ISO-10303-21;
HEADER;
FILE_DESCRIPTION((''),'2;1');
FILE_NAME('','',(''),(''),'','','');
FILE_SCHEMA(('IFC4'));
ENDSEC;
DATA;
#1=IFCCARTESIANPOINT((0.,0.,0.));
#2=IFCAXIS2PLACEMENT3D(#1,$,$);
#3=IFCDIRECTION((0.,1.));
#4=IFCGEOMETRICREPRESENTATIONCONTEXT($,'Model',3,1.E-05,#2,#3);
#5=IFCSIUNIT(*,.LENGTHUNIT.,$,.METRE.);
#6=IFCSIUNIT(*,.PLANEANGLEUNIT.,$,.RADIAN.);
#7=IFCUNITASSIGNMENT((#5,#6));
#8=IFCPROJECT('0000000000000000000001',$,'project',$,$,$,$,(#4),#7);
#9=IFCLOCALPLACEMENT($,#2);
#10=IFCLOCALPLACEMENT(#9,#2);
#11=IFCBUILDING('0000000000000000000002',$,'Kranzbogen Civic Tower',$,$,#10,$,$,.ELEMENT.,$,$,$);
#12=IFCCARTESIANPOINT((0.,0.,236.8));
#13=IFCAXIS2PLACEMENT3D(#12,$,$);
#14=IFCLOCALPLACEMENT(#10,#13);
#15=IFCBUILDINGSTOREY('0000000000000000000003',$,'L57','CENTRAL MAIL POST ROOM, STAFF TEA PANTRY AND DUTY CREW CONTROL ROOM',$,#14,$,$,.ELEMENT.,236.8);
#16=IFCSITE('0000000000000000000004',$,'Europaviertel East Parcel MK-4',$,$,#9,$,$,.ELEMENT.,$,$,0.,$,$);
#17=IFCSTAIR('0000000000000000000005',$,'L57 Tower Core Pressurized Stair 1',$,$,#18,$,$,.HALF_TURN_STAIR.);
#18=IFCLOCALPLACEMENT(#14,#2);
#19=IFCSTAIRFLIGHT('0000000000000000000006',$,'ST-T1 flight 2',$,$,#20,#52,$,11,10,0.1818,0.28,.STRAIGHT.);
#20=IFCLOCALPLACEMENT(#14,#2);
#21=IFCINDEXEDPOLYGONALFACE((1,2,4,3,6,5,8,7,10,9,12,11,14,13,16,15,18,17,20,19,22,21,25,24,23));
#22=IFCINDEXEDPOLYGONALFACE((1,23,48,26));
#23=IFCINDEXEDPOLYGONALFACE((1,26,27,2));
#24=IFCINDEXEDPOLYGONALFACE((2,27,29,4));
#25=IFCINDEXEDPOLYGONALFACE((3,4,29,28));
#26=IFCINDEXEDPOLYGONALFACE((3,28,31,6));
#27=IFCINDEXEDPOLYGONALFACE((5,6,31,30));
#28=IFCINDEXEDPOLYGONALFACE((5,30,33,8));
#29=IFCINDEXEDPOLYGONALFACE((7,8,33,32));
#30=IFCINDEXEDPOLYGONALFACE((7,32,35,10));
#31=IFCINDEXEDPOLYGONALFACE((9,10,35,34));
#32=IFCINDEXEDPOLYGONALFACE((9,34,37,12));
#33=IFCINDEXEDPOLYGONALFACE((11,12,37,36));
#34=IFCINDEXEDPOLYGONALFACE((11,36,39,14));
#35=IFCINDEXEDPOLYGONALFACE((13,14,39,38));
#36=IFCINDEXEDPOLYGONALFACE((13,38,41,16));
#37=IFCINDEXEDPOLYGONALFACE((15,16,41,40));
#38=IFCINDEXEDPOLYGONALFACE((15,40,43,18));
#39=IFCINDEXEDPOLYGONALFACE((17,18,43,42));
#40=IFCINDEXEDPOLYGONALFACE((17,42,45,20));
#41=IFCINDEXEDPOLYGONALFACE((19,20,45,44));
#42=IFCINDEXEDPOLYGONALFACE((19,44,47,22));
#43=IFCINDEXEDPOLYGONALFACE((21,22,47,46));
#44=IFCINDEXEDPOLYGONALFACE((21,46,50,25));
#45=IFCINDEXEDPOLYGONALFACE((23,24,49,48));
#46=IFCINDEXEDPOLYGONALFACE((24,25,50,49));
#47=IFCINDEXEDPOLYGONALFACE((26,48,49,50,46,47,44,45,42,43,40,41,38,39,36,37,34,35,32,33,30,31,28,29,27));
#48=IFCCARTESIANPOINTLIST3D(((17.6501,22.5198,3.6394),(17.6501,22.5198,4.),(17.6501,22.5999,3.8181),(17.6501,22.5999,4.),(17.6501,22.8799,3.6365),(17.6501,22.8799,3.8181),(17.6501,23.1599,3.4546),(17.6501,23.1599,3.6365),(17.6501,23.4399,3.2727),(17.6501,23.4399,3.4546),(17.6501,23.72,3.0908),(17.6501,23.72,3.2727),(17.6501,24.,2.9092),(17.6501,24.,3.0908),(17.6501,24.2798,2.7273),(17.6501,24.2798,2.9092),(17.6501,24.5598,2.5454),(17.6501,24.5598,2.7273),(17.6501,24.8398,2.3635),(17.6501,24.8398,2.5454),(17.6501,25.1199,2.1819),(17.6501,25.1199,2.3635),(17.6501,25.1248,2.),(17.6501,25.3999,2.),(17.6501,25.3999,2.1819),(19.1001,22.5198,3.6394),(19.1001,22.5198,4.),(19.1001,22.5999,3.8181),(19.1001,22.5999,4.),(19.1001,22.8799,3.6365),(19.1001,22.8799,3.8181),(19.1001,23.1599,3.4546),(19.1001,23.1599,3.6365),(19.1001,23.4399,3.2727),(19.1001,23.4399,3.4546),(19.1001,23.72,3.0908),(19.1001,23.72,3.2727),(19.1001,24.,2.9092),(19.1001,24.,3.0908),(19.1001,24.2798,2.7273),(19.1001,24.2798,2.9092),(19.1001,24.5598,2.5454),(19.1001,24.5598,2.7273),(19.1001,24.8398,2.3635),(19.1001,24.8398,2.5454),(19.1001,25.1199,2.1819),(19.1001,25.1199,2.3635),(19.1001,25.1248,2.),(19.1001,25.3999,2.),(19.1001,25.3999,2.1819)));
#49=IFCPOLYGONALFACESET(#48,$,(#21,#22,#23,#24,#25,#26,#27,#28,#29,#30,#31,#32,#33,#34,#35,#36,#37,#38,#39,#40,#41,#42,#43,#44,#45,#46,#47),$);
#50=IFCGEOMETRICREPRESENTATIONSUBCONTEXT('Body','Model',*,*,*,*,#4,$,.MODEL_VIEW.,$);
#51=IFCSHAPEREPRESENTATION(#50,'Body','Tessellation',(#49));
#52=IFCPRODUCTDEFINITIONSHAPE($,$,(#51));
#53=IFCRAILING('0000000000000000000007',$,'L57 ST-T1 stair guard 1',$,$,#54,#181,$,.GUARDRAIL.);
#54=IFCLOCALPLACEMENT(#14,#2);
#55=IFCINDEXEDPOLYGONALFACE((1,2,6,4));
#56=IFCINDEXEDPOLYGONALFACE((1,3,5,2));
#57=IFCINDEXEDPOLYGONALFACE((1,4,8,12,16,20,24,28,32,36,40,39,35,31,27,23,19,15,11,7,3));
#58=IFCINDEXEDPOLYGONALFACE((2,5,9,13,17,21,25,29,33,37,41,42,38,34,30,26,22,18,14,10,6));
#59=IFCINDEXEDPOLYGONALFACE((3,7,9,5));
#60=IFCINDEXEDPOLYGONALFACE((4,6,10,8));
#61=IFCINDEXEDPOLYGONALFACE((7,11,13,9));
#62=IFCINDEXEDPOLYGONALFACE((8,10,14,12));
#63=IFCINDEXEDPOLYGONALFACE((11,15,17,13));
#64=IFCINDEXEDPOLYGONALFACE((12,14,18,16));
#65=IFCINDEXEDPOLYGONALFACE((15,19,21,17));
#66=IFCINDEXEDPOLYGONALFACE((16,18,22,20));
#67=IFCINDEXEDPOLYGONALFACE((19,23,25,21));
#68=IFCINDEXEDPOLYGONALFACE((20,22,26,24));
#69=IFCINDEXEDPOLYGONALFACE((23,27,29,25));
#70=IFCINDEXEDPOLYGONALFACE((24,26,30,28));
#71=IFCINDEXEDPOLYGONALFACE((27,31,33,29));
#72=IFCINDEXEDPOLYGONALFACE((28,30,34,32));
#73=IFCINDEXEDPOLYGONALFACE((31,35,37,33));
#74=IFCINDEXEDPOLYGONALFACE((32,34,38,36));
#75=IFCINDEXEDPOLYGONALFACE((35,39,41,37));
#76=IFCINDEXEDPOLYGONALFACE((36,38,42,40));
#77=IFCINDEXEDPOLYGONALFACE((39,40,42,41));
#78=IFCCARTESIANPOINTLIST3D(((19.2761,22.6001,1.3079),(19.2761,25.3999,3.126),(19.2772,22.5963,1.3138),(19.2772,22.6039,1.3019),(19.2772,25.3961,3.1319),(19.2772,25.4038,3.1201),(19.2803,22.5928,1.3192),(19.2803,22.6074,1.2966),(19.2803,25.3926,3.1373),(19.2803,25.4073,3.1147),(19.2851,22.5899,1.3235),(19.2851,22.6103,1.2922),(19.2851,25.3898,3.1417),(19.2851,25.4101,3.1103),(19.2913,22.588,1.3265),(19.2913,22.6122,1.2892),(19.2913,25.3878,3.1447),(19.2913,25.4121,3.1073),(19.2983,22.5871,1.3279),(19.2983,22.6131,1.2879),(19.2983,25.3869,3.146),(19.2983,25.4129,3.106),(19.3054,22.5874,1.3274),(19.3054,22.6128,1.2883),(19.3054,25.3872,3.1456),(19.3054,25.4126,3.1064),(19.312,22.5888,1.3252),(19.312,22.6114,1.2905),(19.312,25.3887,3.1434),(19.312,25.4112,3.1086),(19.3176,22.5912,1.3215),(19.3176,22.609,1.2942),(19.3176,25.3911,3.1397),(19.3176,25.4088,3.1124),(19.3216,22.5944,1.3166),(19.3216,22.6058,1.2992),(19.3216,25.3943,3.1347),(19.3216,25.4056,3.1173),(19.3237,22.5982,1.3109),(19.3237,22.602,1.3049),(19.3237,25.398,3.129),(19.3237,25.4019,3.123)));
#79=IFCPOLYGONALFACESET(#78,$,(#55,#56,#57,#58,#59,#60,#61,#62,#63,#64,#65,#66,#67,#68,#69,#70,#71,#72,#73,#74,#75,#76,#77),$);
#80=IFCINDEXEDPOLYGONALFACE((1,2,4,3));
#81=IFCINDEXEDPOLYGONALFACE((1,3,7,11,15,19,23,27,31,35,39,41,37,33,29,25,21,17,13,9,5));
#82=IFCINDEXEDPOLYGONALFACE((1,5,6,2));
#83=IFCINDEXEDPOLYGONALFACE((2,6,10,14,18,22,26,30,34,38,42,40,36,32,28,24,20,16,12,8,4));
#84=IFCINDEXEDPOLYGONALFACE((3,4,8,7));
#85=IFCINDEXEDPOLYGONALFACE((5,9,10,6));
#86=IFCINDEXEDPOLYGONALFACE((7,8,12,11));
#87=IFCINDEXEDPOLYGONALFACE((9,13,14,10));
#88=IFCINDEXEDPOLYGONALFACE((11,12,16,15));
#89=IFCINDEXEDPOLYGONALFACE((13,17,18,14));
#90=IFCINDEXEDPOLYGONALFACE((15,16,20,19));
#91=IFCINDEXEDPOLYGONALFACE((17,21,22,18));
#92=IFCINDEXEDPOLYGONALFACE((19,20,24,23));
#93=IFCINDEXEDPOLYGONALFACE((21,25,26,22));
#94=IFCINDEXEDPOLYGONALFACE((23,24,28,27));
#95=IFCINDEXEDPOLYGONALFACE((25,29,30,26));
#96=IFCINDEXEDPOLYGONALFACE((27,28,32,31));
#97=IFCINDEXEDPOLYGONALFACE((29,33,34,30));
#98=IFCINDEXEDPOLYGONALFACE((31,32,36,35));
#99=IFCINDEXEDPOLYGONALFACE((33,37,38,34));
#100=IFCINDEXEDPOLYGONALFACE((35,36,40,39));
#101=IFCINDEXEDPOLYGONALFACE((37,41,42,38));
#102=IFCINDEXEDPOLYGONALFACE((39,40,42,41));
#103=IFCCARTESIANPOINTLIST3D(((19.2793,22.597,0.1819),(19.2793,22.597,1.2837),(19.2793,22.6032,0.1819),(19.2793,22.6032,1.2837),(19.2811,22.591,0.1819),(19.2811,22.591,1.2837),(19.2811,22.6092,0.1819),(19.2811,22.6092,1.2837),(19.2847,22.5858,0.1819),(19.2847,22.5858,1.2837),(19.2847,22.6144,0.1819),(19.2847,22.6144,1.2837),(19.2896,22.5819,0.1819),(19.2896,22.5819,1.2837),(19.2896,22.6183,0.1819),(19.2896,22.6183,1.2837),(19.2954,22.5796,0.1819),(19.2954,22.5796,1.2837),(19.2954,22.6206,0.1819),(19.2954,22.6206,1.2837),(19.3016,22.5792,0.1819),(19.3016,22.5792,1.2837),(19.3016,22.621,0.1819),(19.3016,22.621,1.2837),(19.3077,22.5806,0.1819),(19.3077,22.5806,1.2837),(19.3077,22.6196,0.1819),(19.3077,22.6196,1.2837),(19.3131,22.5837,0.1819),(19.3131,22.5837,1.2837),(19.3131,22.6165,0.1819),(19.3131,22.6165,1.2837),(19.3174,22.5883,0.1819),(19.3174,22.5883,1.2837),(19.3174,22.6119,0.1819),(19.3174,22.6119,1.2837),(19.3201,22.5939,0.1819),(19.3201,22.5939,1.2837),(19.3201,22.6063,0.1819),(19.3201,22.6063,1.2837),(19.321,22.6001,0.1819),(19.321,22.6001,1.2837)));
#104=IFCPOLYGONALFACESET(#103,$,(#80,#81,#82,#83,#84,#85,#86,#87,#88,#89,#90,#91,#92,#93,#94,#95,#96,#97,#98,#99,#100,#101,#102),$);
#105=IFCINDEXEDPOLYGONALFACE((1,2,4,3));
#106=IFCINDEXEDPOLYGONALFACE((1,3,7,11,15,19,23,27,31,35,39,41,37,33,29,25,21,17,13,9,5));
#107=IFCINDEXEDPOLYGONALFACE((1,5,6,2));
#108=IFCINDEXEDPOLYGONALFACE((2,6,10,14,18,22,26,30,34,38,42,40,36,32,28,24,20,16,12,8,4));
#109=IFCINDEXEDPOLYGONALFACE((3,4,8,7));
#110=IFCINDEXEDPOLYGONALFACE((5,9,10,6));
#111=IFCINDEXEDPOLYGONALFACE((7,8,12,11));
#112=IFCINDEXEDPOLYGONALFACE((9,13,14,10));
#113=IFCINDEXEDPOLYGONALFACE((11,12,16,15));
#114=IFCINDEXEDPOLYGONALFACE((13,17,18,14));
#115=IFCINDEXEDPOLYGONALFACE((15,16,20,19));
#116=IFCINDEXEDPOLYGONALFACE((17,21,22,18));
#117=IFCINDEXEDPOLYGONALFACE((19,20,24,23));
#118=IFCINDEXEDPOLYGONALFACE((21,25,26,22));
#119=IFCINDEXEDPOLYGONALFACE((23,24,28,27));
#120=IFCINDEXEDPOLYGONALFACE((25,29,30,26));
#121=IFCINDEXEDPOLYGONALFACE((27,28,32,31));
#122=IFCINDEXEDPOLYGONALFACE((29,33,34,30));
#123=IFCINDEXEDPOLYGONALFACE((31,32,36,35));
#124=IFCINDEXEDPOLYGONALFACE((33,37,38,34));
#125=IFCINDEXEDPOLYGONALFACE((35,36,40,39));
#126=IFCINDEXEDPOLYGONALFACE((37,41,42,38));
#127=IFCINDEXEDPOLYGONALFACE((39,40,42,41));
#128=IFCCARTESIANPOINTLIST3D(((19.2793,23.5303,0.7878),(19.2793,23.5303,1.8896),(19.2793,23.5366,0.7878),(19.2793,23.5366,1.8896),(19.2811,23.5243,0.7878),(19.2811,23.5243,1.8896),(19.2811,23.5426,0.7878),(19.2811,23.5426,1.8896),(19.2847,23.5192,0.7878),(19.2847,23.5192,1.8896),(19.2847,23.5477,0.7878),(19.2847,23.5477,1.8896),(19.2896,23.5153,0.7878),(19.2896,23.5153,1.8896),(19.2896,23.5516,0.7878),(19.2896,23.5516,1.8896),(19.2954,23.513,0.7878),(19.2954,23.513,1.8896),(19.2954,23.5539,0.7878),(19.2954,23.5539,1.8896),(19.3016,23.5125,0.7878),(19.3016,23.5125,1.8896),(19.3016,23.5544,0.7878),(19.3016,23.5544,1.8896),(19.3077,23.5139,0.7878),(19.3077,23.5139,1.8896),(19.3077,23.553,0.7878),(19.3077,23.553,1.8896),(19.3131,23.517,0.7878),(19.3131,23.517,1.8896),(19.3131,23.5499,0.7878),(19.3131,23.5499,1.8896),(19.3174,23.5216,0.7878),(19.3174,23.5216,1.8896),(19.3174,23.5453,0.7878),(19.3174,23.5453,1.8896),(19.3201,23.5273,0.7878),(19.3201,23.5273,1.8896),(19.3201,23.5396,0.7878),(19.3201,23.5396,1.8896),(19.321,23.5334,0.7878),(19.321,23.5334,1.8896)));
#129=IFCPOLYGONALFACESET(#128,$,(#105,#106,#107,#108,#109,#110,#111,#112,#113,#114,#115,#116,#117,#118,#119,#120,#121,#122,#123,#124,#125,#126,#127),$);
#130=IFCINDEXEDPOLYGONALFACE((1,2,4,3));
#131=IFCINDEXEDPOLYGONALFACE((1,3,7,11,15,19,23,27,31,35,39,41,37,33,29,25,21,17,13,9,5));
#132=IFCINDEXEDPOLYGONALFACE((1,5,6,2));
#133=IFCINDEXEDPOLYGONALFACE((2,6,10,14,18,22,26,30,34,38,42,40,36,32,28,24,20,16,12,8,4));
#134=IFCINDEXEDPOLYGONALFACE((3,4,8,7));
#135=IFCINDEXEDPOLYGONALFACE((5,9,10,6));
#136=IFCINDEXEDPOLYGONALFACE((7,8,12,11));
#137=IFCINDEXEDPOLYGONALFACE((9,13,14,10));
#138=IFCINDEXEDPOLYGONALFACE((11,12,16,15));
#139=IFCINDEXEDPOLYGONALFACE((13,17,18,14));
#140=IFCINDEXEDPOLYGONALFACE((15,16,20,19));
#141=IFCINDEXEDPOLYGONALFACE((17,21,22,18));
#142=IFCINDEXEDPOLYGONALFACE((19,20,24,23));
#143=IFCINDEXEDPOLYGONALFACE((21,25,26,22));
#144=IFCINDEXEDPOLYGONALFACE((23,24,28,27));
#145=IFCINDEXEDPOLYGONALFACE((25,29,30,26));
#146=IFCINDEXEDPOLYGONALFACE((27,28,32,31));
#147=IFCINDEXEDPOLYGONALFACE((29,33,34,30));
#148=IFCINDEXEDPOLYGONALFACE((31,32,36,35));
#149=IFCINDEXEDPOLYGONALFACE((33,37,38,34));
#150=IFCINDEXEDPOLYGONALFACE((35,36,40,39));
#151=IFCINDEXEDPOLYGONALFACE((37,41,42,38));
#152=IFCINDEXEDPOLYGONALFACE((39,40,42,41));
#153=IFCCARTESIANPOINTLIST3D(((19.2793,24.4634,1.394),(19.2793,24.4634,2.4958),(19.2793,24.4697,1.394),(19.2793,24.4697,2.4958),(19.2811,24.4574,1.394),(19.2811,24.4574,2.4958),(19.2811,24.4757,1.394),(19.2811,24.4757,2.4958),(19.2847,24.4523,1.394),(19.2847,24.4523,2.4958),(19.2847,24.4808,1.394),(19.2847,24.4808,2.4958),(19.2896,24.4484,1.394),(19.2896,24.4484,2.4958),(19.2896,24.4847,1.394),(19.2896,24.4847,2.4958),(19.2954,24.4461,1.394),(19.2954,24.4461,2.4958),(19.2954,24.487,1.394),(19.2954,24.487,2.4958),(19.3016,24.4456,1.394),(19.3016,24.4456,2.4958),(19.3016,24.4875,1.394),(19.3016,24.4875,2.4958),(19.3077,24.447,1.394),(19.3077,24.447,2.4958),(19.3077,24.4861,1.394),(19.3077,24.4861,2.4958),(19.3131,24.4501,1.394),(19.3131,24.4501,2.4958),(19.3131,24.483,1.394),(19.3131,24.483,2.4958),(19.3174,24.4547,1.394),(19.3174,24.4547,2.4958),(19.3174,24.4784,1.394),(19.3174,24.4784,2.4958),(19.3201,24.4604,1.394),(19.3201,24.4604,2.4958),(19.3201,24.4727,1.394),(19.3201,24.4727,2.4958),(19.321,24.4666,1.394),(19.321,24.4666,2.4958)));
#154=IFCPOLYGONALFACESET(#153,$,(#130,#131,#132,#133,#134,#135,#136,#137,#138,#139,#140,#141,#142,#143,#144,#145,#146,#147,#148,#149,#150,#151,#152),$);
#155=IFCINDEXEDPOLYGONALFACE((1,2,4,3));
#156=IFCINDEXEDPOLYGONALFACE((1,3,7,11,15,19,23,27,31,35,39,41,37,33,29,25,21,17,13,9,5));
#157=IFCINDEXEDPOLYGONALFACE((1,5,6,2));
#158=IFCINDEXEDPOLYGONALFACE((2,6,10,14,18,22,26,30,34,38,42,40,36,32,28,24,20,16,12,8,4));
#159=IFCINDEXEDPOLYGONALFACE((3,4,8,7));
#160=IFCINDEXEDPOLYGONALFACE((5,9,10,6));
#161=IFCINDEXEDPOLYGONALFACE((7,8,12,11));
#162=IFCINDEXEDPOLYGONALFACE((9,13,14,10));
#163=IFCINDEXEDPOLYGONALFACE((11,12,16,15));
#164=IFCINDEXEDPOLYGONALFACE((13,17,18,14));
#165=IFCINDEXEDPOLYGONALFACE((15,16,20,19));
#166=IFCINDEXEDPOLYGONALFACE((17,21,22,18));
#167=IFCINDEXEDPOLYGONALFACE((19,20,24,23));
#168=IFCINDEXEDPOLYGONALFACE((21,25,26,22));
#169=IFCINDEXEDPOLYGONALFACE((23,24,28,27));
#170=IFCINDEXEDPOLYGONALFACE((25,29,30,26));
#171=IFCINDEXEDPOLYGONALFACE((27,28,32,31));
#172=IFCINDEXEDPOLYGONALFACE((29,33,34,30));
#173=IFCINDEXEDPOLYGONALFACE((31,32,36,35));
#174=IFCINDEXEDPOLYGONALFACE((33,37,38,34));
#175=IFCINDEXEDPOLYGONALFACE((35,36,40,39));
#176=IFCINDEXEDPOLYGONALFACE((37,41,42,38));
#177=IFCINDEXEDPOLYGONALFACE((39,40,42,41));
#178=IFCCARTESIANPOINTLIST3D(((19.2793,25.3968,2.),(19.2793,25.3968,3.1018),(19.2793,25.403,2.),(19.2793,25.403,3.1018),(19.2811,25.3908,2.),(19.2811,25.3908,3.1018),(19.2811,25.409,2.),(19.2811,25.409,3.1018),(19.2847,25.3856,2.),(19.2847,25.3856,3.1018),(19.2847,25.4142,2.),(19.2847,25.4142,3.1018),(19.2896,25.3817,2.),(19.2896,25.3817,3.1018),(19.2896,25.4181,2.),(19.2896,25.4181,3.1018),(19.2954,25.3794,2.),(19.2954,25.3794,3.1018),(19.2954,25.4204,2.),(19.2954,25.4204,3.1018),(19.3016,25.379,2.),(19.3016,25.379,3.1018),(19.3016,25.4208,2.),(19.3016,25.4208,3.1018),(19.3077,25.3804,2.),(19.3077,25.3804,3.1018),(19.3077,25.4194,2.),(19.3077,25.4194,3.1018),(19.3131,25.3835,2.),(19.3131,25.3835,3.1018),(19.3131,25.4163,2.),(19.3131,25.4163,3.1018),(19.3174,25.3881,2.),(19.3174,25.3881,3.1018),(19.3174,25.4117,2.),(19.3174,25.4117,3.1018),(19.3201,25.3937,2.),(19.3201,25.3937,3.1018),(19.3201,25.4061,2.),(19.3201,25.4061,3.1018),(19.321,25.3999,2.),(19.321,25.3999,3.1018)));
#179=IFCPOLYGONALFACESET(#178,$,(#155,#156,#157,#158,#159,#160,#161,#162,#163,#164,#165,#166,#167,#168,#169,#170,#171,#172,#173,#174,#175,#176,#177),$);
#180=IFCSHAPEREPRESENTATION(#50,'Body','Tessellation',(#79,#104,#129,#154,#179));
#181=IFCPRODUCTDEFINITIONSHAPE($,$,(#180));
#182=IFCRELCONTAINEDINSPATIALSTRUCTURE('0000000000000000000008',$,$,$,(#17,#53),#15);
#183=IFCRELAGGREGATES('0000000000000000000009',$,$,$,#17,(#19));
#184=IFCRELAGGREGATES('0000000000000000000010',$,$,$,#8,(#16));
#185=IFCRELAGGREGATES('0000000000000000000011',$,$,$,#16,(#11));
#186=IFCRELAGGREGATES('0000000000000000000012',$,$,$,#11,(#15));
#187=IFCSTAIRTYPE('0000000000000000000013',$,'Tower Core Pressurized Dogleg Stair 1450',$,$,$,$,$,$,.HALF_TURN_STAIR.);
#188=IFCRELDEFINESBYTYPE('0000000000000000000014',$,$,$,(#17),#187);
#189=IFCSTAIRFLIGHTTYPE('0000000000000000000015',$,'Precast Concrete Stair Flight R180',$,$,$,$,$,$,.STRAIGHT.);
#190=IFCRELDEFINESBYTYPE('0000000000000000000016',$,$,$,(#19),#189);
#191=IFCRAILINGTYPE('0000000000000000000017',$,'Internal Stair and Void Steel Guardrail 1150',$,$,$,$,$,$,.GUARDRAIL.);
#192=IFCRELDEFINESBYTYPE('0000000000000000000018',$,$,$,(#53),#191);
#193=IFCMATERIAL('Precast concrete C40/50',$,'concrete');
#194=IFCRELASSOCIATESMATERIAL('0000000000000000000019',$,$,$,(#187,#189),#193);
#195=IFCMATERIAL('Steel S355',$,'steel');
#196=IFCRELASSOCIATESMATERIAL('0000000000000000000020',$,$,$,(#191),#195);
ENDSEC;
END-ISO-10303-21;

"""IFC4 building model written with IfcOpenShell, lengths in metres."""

from ifc_helpers import new_model, si_unit, direction, frame, origin, origin_2d, place, context, subcontext, project, spatial, polyline, circle, outline, extrude, material, type_object, element, aggregate, save


model = new_model("IFC4")

# Units and contexts
model_context = context("Model", 3, precision=1e-05, world=origin(), true_north=direction((0.0, 1.0)))
body_context = subcontext(model_context, "Body", "Model", "MODEL_VIEW")
ifc_project = project(units=[si_unit("LENGTHUNIT", "METRE"), si_unit("PLANEANGLEUNIT", "RADIAN")], contexts=[model_context])

# Site, building, storey
site_placement = place(None, origin())
site = spatial("IfcSite", under=ifc_project, at=site_placement, Name="Europaviertel East Parcel MK-4", CompositionType="ELEMENT", RefElevation=0.0)
building_placement = place(site_placement, origin())
building = spatial("IfcBuilding", under=site, at=building_placement, Name="Kranzbogen Civic Tower", CompositionType="ELEMENT")
storey_placement = place(building_placement, frame((0.0, 0.0, 236.8)))
storey = spatial("IfcBuildingStorey", under=building, at=storey_placement, Name="L57", Description="CENTRAL MAIL POST ROOM, STAFF TEA PANTRY AND DUTY CREW CONTROL ROOM", CompositionType="ELEMENT", Elevation=236.8)

# Shared definitions
ifc_material_1 = material(Name="Steel S355", Category="steel")

# Stair, stair flight
ifc_material_2 = material(Name="Precast concrete C40/50", Category="concrete")
stair_type = type_object("IfcStairType", Name="Tower Core Pressurized Dogleg Stair 1450", PredefinedType="HALF_TURN_STAIR", material=ifc_material_2)
stair_placement = place(storey_placement, origin())
stair = element("IfcStair", 1, at=stair_placement, inside=storey, type_object=stair_type, Name="L57 Tower Core Pressurized Stair 1", PredefinedType="HALF_TURN_STAIR")
stair_flight_type = type_object("IfcStairFlightType", Name="Precast Concrete Stair Flight R180", PredefinedType="STRAIGHT", material=ifc_material_2)
stair_flight_1_placement = place(storey_placement, frame((18.375, 25.3999, 2.0), z_axis=(0.0, 0.0, 1.0), x_axis=(0.0, -1.0, 0.0)))
stair_flight_1 = element("IfcStairFlight", 2, at=stair_flight_1_placement, type_object=stair_flight_type, Name="ST-T1 flight 2", NumberOfRisers=11, NumberOfTreads=10, PredefinedType="STRAIGHT", RiserHeight=0.1818, TreadLength=0.28, context=body_context, shape_type="SweptSolid", body=[
    extrude(outline(polyline([(0.0, 0.0), (0.0, 0.1819), (0.28, 0.1819), (0.28, 0.3635), (0.5601, 0.3635), (0.5601, 0.5454), (0.8401, 0.5454), (0.8401, 0.7273), (1.1201, 0.7273), (1.1201, 0.9092), (1.3999, 0.9092), (1.3999, 1.0908), (1.6799, 1.0908), (1.6799, 1.2727), (1.96, 1.2727), (1.96, 1.4546), (2.24, 1.4546), (2.24, 1.6365), (2.52, 1.6365), (2.52, 1.8181), (2.8, 1.8181), (2.8, 2.0), (2.8801, 2.0), (2.8801, 1.6394), (0.2751, 0.0), (0.0, 0.0)])), frame((0.0, 0.7251, 0.0), z_axis=(0.0, -1.0, 0.0), x_axis=(1.0, 0.0, 0.0)), (0.0, 0.0, 1.0), 1.45),
])
aggregate(stair, [stair_flight_1])

# Railing
railing_type_1 = type_object("IfcRailingType", Name="Internal Stair and Void Steel Guardrail 1150", PredefinedType="GUARDRAIL", material=ifc_material_1)
railing_1_placement = place(storey_placement, frame((19.3, 22.6001, 0.1819)))
element("IfcRailing", 3, at=railing_1_placement, inside=storey, type_object=railing_type_1, Name="L57 ST-T1 stair guard 1", PredefinedType="GUARDRAIL", context=body_context, shape_type="SweptSolid", body=[
    extrude(circle(Radius=0.0239, at=origin_2d()), frame((0.0, 0.0, 1.126), z_axis=(0.0, 0.838684, 0.544618), x_axis=(-1.0, 0.0, 0.0)), (0.0, 0.0, 1.0), 3.3384),
    extrude(circle(Radius=0.021, at=origin_2d()), origin(), (0.0, 0.0, 1.0), 1.1018),
    extrude(circle(Radius=0.021, at=origin_2d()), frame((0.0, 0.9333, 0.606)), (0.0, 0.0, 1.0), 1.1018),
    extrude(circle(Radius=0.021, at=origin_2d()), frame((0.0, 1.8665, 1.2122)), (0.0, 0.0, 1.0), 1.1018),
    extrude(circle(Radius=0.021, at=origin_2d()), frame((0.0, 2.7998, 1.8181)), (0.0, 0.0, 1.0), 1.1018),
])

save(model, "model.ifc")
